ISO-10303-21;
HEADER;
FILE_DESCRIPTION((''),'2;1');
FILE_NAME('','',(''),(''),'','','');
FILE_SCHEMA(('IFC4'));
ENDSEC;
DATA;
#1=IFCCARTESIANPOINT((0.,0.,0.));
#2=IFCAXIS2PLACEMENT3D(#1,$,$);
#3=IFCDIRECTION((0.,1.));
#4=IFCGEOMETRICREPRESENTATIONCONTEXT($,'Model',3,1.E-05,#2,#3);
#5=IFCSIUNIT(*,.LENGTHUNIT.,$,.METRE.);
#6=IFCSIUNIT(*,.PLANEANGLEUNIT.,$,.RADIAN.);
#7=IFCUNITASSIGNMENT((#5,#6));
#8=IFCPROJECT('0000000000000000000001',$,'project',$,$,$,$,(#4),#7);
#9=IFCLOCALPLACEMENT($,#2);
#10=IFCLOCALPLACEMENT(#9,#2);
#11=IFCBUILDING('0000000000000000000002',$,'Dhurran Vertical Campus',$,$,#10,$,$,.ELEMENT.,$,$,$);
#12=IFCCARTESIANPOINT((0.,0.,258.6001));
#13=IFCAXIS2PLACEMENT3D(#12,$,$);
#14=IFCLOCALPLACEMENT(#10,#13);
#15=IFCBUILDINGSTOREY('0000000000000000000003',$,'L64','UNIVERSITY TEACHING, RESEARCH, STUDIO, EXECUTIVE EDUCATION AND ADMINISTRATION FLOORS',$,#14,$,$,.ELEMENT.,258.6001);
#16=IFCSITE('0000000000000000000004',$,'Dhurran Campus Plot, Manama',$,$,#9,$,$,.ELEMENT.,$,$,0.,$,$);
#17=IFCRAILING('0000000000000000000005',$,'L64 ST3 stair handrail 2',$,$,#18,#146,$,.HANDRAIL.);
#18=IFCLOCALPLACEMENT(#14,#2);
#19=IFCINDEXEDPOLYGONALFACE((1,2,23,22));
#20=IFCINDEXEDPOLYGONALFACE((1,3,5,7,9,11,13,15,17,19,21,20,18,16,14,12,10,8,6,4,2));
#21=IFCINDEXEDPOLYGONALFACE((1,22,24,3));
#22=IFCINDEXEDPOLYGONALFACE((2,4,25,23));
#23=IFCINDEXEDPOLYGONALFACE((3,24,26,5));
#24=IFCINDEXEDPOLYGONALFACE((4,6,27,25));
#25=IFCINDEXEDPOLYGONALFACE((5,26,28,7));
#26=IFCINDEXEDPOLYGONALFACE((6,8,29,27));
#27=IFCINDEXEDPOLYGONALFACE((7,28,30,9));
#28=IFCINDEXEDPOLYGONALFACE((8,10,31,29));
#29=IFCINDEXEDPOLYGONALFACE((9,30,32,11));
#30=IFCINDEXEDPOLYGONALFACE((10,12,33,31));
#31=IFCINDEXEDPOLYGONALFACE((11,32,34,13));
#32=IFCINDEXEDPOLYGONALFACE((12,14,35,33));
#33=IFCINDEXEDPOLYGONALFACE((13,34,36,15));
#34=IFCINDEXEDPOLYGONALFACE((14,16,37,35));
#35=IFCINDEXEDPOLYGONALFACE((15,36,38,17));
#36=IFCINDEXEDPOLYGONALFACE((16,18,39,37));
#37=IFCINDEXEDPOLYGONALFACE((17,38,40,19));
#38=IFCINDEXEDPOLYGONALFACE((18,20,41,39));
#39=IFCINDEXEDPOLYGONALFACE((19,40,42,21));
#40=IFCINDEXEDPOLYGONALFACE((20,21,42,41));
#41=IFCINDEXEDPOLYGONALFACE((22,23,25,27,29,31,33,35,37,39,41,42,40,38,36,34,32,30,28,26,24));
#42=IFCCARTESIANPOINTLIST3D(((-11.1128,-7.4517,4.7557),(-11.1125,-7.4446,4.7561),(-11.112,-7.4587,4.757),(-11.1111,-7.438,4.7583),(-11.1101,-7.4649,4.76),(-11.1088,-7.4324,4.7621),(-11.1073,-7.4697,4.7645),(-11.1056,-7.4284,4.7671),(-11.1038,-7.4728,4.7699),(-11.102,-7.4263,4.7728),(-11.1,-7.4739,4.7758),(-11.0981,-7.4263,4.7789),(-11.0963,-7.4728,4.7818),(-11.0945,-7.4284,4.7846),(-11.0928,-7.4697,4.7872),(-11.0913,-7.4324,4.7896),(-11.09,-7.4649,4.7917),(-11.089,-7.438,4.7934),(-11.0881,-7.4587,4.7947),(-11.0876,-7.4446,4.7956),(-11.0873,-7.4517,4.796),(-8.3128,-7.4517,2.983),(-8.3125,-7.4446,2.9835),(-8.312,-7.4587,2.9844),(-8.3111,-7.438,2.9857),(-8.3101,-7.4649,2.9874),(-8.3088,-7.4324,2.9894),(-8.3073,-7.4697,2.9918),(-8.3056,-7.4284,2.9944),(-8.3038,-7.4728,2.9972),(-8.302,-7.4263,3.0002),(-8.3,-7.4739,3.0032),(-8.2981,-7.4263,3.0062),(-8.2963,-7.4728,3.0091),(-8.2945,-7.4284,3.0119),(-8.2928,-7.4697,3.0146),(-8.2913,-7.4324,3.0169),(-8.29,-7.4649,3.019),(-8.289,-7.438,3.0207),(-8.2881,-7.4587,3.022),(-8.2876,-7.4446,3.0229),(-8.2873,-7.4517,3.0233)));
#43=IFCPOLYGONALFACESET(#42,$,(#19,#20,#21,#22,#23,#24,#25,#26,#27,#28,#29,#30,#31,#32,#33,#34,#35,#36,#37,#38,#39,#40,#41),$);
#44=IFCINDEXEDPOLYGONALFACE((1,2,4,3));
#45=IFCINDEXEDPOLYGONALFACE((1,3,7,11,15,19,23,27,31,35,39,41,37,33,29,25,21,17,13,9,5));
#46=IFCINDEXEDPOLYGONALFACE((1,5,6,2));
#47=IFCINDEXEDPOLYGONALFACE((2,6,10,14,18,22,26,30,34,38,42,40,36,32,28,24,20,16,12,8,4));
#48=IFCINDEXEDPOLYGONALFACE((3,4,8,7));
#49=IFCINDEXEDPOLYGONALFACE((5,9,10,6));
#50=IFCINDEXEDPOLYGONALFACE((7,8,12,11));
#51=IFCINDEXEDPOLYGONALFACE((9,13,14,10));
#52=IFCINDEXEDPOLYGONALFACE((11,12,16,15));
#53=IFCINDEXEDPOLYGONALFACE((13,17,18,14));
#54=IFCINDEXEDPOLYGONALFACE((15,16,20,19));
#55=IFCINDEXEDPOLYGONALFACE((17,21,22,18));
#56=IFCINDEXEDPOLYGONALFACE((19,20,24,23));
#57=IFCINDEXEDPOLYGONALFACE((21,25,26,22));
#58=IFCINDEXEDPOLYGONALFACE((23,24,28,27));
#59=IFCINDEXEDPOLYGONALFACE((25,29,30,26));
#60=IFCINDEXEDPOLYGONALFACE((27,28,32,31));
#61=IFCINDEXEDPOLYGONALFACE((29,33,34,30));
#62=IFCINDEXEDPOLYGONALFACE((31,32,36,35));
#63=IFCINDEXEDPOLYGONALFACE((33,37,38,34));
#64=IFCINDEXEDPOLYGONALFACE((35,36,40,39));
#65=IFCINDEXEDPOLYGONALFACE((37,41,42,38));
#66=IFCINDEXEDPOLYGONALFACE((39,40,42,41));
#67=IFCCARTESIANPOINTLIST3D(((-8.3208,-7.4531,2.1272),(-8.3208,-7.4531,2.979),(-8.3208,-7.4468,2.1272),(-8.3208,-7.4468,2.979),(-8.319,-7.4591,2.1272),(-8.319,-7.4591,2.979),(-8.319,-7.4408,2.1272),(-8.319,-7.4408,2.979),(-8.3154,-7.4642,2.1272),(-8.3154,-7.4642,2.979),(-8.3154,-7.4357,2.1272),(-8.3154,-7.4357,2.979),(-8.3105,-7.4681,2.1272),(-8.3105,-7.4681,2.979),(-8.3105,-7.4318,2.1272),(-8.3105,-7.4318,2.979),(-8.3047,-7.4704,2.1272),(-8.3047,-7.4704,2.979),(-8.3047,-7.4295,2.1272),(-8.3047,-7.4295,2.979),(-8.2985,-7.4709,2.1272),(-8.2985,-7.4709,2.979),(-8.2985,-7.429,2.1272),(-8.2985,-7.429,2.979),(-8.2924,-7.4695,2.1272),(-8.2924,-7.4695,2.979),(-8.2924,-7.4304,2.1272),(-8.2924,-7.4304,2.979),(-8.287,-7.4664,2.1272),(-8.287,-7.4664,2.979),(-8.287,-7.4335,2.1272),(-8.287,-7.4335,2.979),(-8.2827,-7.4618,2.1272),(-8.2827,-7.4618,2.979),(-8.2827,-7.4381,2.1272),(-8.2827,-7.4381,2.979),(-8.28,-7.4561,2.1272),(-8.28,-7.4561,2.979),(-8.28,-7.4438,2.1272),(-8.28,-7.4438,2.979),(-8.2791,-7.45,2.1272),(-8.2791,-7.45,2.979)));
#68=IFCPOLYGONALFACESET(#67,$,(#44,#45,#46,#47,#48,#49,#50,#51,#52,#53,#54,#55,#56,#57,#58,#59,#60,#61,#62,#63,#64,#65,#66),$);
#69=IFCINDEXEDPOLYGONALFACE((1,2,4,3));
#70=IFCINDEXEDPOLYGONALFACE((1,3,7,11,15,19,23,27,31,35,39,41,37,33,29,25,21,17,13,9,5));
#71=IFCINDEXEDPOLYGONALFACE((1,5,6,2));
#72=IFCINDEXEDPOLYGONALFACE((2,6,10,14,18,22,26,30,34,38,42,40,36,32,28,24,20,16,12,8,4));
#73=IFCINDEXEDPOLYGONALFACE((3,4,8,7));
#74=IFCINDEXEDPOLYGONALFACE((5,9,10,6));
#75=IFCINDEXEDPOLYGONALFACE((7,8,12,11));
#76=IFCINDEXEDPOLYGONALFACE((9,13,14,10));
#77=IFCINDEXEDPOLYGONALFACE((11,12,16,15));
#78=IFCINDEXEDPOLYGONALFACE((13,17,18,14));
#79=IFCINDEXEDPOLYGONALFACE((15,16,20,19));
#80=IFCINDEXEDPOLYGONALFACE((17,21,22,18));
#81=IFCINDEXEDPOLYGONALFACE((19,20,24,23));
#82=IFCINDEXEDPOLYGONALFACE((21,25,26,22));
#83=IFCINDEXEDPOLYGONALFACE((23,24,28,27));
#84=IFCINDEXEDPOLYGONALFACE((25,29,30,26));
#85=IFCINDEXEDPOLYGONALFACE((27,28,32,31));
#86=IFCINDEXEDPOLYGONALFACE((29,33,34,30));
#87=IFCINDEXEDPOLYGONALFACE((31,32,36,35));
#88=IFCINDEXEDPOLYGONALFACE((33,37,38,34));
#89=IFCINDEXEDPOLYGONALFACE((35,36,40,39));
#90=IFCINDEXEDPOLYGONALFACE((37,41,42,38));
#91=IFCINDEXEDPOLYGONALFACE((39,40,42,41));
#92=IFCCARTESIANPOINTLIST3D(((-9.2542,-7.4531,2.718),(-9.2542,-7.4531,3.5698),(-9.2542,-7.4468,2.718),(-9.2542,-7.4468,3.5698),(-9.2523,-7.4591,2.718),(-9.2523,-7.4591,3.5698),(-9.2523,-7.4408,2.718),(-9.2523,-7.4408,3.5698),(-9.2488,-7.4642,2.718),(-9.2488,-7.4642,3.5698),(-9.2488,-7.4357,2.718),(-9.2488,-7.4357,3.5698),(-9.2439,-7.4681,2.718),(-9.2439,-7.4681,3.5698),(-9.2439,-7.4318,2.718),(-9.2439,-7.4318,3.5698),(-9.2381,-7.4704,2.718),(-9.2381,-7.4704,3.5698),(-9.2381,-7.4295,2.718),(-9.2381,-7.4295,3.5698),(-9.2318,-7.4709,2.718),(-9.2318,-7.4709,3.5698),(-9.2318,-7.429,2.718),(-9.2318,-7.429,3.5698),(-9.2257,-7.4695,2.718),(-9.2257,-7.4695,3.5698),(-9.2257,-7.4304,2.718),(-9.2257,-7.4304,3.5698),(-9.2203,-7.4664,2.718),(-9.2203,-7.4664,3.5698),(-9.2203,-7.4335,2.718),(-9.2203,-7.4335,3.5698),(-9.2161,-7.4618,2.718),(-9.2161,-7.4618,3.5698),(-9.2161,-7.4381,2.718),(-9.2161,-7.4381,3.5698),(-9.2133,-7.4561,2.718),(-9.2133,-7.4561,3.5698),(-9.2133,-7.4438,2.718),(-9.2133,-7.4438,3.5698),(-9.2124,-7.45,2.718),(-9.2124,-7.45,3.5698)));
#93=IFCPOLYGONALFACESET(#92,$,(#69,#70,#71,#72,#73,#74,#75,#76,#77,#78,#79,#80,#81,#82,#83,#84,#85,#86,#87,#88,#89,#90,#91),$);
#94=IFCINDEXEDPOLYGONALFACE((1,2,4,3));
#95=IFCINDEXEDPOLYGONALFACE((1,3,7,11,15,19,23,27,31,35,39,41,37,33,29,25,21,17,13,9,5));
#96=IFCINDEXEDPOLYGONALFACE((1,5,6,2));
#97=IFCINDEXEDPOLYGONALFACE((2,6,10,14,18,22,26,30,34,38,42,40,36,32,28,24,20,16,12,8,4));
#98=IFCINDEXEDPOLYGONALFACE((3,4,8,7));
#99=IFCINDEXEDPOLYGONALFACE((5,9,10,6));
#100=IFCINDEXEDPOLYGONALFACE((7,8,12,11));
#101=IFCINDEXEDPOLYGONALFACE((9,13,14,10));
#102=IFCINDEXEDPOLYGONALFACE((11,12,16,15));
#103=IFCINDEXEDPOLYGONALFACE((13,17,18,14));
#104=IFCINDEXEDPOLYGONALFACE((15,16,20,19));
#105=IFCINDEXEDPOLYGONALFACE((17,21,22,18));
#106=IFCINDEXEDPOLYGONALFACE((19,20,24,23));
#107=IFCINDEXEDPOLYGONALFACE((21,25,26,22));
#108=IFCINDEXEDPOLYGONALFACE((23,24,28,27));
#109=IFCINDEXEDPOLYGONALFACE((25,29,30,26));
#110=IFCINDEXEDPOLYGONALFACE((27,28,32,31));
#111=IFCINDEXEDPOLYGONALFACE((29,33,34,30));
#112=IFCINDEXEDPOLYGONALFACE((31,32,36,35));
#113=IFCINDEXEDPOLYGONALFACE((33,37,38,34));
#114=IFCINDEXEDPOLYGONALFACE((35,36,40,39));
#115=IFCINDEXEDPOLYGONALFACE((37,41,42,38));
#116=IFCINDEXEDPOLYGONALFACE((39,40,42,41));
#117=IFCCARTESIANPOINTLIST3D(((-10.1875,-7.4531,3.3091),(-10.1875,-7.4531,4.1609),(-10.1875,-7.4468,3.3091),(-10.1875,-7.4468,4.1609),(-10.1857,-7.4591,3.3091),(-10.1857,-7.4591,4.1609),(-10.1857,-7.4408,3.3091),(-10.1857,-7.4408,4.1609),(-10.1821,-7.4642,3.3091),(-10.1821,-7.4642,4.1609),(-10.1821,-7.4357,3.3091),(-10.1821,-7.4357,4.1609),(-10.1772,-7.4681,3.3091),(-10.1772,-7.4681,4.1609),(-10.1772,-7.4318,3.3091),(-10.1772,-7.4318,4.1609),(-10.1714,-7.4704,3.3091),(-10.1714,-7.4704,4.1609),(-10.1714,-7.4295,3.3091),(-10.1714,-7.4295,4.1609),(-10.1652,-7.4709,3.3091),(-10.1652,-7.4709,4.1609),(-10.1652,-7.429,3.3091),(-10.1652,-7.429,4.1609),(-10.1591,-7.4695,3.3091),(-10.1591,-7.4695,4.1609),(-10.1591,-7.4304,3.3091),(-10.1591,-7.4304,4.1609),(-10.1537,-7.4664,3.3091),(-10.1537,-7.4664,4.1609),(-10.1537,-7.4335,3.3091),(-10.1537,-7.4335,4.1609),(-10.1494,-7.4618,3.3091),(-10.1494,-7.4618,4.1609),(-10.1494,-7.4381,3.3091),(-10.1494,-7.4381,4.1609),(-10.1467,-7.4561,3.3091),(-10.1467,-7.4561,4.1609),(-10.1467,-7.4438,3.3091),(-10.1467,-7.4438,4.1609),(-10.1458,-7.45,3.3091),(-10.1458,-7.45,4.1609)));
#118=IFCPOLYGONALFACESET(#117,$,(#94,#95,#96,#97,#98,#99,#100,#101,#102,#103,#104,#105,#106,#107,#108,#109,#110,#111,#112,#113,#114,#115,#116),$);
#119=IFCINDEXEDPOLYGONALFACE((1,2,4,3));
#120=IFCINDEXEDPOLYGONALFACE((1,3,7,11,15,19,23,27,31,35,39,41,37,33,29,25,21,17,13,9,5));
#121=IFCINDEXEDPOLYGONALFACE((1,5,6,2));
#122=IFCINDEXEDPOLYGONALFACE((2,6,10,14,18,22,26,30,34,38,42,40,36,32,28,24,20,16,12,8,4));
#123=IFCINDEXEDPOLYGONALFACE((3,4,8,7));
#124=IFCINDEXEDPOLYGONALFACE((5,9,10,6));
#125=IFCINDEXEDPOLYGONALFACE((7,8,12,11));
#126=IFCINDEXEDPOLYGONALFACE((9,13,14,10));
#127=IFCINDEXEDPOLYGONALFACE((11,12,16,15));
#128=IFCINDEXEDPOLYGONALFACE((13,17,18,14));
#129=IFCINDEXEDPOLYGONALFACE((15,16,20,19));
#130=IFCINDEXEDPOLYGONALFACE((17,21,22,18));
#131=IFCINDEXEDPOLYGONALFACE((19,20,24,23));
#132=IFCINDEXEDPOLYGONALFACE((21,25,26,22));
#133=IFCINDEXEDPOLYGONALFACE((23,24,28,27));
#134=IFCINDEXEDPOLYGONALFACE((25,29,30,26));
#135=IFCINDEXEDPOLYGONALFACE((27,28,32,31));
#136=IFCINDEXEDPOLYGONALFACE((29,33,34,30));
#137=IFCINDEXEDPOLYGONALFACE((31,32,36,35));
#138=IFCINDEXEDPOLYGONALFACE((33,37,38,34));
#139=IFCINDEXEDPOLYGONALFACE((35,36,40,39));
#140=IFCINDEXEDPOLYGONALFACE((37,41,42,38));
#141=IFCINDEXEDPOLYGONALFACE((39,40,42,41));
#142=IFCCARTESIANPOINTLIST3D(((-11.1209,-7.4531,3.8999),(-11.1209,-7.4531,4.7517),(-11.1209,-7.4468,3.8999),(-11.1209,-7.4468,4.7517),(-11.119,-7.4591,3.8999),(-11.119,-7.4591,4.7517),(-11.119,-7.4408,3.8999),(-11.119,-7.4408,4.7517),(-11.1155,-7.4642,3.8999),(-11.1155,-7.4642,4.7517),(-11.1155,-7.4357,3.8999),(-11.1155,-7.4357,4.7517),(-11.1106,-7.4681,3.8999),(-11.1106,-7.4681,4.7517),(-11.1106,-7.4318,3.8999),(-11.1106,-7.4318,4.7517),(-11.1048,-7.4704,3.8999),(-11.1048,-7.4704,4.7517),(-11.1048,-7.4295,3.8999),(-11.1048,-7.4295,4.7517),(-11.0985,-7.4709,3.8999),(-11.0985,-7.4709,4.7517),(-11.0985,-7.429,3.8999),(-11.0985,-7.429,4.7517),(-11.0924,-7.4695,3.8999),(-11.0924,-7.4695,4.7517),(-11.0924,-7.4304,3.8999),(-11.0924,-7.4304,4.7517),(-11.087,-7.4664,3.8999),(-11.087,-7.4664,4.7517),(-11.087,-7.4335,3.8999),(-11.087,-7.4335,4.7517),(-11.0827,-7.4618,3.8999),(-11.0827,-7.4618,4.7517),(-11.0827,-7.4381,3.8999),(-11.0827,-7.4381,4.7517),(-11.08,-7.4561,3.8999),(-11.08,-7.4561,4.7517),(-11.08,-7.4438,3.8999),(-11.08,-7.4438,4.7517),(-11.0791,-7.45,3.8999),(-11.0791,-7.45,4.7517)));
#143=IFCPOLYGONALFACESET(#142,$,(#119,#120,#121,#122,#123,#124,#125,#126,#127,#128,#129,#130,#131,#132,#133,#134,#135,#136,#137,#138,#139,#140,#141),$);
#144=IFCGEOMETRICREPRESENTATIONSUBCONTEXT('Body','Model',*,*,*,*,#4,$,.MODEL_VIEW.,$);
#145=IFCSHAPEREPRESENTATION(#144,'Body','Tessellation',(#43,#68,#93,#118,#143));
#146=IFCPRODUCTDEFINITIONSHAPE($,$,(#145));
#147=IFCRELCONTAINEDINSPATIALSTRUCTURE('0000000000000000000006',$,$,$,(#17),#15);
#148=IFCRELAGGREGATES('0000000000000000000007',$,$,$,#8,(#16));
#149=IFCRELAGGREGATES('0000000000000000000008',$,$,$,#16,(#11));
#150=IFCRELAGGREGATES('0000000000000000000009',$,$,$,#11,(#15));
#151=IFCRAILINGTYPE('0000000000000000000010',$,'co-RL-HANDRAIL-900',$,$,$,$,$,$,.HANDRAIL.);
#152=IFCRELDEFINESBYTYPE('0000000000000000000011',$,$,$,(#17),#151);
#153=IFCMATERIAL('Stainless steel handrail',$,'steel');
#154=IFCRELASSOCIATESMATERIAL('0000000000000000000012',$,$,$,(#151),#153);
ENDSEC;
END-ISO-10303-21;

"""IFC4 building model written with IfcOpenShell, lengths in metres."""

from ifc_helpers import new_model, si_unit, direction, frame, origin, origin_2d, place, context, subcontext, project, spatial, circle, extrude, material, type_object, element, save


model = new_model("IFC4")

# Units and contexts
model_context = context("Model", 3, precision=1e-05, world=origin(), true_north=direction((0.0, 1.0)))
body_context = subcontext(model_context, "Body", "Model", "MODEL_VIEW")
ifc_project = project(units=[si_unit("LENGTHUNIT", "METRE"), si_unit("PLANEANGLEUNIT", "RADIAN")], contexts=[model_context])

# Site, building, storey
site_placement = place(None, origin())
site = spatial("IfcSite", under=ifc_project, at=site_placement, Name="Dhurran Campus Plot, Manama", CompositionType="ELEMENT", RefElevation=0.0)
building_placement = place(site_placement, origin())
building = spatial("IfcBuilding", under=site, at=building_placement, Name="Dhurran Vertical Campus", CompositionType="ELEMENT")
storey_placement = place(building_placement, frame((0.0, 0.0, 258.6001)))
storey = spatial("IfcBuildingStorey", under=building, at=storey_placement, Name="L64", Description="UNIVERSITY TEACHING, RESEARCH, STUDIO, EXECUTIVE EDUCATION AND ADMINISTRATION FLOORS", CompositionType="ELEMENT", Elevation=258.6001)

# Railing
ifc_material_1 = material(Name="Stainless steel handrail", Category="steel")
railing_type_1 = type_object("IfcRailingType", Name="co-RL-HANDRAIL-900", PredefinedType="HANDRAIL", material=ifc_material_1)
railing_1_placement = place(storey_placement, frame((-8.3, -7.45, 2.1272)))
element("IfcRailing", 1, at=railing_1_placement, inside=storey, type_object=railing_type_1, Name="L64 ST3 stair handrail 2", PredefinedType="HANDRAIL", context=body_context, shape_type="SweptSolid", body=[
    extrude(circle(Radius=0.0239, at=origin_2d()), frame((0.0, 0.0, 0.876), z_axis=(-0.844909, 0.0, 0.53491), x_axis=(0.0, -1.0, 0.0)), (0.0, 0.0, 1.0), 3.314),
    extrude(circle(Radius=0.021, at=origin_2d()), origin(), (0.0, 0.0, 1.0), 0.8518),
    extrude(circle(Radius=0.021, at=origin_2d()), frame((-0.9333, 0.0, 0.5908)), (0.0, 0.0, 1.0), 0.8518),
    extrude(circle(Radius=0.021, at=origin_2d()), frame((-1.8667, 0.0, 1.1819)), (0.0, 0.0, 1.0), 0.8518),
    extrude(circle(Radius=0.021, at=origin_2d()), frame((-2.8, 0.0, 1.7727)), (0.0, 0.0, 1.0), 0.8518),
])

save(model, "model.ifc")
